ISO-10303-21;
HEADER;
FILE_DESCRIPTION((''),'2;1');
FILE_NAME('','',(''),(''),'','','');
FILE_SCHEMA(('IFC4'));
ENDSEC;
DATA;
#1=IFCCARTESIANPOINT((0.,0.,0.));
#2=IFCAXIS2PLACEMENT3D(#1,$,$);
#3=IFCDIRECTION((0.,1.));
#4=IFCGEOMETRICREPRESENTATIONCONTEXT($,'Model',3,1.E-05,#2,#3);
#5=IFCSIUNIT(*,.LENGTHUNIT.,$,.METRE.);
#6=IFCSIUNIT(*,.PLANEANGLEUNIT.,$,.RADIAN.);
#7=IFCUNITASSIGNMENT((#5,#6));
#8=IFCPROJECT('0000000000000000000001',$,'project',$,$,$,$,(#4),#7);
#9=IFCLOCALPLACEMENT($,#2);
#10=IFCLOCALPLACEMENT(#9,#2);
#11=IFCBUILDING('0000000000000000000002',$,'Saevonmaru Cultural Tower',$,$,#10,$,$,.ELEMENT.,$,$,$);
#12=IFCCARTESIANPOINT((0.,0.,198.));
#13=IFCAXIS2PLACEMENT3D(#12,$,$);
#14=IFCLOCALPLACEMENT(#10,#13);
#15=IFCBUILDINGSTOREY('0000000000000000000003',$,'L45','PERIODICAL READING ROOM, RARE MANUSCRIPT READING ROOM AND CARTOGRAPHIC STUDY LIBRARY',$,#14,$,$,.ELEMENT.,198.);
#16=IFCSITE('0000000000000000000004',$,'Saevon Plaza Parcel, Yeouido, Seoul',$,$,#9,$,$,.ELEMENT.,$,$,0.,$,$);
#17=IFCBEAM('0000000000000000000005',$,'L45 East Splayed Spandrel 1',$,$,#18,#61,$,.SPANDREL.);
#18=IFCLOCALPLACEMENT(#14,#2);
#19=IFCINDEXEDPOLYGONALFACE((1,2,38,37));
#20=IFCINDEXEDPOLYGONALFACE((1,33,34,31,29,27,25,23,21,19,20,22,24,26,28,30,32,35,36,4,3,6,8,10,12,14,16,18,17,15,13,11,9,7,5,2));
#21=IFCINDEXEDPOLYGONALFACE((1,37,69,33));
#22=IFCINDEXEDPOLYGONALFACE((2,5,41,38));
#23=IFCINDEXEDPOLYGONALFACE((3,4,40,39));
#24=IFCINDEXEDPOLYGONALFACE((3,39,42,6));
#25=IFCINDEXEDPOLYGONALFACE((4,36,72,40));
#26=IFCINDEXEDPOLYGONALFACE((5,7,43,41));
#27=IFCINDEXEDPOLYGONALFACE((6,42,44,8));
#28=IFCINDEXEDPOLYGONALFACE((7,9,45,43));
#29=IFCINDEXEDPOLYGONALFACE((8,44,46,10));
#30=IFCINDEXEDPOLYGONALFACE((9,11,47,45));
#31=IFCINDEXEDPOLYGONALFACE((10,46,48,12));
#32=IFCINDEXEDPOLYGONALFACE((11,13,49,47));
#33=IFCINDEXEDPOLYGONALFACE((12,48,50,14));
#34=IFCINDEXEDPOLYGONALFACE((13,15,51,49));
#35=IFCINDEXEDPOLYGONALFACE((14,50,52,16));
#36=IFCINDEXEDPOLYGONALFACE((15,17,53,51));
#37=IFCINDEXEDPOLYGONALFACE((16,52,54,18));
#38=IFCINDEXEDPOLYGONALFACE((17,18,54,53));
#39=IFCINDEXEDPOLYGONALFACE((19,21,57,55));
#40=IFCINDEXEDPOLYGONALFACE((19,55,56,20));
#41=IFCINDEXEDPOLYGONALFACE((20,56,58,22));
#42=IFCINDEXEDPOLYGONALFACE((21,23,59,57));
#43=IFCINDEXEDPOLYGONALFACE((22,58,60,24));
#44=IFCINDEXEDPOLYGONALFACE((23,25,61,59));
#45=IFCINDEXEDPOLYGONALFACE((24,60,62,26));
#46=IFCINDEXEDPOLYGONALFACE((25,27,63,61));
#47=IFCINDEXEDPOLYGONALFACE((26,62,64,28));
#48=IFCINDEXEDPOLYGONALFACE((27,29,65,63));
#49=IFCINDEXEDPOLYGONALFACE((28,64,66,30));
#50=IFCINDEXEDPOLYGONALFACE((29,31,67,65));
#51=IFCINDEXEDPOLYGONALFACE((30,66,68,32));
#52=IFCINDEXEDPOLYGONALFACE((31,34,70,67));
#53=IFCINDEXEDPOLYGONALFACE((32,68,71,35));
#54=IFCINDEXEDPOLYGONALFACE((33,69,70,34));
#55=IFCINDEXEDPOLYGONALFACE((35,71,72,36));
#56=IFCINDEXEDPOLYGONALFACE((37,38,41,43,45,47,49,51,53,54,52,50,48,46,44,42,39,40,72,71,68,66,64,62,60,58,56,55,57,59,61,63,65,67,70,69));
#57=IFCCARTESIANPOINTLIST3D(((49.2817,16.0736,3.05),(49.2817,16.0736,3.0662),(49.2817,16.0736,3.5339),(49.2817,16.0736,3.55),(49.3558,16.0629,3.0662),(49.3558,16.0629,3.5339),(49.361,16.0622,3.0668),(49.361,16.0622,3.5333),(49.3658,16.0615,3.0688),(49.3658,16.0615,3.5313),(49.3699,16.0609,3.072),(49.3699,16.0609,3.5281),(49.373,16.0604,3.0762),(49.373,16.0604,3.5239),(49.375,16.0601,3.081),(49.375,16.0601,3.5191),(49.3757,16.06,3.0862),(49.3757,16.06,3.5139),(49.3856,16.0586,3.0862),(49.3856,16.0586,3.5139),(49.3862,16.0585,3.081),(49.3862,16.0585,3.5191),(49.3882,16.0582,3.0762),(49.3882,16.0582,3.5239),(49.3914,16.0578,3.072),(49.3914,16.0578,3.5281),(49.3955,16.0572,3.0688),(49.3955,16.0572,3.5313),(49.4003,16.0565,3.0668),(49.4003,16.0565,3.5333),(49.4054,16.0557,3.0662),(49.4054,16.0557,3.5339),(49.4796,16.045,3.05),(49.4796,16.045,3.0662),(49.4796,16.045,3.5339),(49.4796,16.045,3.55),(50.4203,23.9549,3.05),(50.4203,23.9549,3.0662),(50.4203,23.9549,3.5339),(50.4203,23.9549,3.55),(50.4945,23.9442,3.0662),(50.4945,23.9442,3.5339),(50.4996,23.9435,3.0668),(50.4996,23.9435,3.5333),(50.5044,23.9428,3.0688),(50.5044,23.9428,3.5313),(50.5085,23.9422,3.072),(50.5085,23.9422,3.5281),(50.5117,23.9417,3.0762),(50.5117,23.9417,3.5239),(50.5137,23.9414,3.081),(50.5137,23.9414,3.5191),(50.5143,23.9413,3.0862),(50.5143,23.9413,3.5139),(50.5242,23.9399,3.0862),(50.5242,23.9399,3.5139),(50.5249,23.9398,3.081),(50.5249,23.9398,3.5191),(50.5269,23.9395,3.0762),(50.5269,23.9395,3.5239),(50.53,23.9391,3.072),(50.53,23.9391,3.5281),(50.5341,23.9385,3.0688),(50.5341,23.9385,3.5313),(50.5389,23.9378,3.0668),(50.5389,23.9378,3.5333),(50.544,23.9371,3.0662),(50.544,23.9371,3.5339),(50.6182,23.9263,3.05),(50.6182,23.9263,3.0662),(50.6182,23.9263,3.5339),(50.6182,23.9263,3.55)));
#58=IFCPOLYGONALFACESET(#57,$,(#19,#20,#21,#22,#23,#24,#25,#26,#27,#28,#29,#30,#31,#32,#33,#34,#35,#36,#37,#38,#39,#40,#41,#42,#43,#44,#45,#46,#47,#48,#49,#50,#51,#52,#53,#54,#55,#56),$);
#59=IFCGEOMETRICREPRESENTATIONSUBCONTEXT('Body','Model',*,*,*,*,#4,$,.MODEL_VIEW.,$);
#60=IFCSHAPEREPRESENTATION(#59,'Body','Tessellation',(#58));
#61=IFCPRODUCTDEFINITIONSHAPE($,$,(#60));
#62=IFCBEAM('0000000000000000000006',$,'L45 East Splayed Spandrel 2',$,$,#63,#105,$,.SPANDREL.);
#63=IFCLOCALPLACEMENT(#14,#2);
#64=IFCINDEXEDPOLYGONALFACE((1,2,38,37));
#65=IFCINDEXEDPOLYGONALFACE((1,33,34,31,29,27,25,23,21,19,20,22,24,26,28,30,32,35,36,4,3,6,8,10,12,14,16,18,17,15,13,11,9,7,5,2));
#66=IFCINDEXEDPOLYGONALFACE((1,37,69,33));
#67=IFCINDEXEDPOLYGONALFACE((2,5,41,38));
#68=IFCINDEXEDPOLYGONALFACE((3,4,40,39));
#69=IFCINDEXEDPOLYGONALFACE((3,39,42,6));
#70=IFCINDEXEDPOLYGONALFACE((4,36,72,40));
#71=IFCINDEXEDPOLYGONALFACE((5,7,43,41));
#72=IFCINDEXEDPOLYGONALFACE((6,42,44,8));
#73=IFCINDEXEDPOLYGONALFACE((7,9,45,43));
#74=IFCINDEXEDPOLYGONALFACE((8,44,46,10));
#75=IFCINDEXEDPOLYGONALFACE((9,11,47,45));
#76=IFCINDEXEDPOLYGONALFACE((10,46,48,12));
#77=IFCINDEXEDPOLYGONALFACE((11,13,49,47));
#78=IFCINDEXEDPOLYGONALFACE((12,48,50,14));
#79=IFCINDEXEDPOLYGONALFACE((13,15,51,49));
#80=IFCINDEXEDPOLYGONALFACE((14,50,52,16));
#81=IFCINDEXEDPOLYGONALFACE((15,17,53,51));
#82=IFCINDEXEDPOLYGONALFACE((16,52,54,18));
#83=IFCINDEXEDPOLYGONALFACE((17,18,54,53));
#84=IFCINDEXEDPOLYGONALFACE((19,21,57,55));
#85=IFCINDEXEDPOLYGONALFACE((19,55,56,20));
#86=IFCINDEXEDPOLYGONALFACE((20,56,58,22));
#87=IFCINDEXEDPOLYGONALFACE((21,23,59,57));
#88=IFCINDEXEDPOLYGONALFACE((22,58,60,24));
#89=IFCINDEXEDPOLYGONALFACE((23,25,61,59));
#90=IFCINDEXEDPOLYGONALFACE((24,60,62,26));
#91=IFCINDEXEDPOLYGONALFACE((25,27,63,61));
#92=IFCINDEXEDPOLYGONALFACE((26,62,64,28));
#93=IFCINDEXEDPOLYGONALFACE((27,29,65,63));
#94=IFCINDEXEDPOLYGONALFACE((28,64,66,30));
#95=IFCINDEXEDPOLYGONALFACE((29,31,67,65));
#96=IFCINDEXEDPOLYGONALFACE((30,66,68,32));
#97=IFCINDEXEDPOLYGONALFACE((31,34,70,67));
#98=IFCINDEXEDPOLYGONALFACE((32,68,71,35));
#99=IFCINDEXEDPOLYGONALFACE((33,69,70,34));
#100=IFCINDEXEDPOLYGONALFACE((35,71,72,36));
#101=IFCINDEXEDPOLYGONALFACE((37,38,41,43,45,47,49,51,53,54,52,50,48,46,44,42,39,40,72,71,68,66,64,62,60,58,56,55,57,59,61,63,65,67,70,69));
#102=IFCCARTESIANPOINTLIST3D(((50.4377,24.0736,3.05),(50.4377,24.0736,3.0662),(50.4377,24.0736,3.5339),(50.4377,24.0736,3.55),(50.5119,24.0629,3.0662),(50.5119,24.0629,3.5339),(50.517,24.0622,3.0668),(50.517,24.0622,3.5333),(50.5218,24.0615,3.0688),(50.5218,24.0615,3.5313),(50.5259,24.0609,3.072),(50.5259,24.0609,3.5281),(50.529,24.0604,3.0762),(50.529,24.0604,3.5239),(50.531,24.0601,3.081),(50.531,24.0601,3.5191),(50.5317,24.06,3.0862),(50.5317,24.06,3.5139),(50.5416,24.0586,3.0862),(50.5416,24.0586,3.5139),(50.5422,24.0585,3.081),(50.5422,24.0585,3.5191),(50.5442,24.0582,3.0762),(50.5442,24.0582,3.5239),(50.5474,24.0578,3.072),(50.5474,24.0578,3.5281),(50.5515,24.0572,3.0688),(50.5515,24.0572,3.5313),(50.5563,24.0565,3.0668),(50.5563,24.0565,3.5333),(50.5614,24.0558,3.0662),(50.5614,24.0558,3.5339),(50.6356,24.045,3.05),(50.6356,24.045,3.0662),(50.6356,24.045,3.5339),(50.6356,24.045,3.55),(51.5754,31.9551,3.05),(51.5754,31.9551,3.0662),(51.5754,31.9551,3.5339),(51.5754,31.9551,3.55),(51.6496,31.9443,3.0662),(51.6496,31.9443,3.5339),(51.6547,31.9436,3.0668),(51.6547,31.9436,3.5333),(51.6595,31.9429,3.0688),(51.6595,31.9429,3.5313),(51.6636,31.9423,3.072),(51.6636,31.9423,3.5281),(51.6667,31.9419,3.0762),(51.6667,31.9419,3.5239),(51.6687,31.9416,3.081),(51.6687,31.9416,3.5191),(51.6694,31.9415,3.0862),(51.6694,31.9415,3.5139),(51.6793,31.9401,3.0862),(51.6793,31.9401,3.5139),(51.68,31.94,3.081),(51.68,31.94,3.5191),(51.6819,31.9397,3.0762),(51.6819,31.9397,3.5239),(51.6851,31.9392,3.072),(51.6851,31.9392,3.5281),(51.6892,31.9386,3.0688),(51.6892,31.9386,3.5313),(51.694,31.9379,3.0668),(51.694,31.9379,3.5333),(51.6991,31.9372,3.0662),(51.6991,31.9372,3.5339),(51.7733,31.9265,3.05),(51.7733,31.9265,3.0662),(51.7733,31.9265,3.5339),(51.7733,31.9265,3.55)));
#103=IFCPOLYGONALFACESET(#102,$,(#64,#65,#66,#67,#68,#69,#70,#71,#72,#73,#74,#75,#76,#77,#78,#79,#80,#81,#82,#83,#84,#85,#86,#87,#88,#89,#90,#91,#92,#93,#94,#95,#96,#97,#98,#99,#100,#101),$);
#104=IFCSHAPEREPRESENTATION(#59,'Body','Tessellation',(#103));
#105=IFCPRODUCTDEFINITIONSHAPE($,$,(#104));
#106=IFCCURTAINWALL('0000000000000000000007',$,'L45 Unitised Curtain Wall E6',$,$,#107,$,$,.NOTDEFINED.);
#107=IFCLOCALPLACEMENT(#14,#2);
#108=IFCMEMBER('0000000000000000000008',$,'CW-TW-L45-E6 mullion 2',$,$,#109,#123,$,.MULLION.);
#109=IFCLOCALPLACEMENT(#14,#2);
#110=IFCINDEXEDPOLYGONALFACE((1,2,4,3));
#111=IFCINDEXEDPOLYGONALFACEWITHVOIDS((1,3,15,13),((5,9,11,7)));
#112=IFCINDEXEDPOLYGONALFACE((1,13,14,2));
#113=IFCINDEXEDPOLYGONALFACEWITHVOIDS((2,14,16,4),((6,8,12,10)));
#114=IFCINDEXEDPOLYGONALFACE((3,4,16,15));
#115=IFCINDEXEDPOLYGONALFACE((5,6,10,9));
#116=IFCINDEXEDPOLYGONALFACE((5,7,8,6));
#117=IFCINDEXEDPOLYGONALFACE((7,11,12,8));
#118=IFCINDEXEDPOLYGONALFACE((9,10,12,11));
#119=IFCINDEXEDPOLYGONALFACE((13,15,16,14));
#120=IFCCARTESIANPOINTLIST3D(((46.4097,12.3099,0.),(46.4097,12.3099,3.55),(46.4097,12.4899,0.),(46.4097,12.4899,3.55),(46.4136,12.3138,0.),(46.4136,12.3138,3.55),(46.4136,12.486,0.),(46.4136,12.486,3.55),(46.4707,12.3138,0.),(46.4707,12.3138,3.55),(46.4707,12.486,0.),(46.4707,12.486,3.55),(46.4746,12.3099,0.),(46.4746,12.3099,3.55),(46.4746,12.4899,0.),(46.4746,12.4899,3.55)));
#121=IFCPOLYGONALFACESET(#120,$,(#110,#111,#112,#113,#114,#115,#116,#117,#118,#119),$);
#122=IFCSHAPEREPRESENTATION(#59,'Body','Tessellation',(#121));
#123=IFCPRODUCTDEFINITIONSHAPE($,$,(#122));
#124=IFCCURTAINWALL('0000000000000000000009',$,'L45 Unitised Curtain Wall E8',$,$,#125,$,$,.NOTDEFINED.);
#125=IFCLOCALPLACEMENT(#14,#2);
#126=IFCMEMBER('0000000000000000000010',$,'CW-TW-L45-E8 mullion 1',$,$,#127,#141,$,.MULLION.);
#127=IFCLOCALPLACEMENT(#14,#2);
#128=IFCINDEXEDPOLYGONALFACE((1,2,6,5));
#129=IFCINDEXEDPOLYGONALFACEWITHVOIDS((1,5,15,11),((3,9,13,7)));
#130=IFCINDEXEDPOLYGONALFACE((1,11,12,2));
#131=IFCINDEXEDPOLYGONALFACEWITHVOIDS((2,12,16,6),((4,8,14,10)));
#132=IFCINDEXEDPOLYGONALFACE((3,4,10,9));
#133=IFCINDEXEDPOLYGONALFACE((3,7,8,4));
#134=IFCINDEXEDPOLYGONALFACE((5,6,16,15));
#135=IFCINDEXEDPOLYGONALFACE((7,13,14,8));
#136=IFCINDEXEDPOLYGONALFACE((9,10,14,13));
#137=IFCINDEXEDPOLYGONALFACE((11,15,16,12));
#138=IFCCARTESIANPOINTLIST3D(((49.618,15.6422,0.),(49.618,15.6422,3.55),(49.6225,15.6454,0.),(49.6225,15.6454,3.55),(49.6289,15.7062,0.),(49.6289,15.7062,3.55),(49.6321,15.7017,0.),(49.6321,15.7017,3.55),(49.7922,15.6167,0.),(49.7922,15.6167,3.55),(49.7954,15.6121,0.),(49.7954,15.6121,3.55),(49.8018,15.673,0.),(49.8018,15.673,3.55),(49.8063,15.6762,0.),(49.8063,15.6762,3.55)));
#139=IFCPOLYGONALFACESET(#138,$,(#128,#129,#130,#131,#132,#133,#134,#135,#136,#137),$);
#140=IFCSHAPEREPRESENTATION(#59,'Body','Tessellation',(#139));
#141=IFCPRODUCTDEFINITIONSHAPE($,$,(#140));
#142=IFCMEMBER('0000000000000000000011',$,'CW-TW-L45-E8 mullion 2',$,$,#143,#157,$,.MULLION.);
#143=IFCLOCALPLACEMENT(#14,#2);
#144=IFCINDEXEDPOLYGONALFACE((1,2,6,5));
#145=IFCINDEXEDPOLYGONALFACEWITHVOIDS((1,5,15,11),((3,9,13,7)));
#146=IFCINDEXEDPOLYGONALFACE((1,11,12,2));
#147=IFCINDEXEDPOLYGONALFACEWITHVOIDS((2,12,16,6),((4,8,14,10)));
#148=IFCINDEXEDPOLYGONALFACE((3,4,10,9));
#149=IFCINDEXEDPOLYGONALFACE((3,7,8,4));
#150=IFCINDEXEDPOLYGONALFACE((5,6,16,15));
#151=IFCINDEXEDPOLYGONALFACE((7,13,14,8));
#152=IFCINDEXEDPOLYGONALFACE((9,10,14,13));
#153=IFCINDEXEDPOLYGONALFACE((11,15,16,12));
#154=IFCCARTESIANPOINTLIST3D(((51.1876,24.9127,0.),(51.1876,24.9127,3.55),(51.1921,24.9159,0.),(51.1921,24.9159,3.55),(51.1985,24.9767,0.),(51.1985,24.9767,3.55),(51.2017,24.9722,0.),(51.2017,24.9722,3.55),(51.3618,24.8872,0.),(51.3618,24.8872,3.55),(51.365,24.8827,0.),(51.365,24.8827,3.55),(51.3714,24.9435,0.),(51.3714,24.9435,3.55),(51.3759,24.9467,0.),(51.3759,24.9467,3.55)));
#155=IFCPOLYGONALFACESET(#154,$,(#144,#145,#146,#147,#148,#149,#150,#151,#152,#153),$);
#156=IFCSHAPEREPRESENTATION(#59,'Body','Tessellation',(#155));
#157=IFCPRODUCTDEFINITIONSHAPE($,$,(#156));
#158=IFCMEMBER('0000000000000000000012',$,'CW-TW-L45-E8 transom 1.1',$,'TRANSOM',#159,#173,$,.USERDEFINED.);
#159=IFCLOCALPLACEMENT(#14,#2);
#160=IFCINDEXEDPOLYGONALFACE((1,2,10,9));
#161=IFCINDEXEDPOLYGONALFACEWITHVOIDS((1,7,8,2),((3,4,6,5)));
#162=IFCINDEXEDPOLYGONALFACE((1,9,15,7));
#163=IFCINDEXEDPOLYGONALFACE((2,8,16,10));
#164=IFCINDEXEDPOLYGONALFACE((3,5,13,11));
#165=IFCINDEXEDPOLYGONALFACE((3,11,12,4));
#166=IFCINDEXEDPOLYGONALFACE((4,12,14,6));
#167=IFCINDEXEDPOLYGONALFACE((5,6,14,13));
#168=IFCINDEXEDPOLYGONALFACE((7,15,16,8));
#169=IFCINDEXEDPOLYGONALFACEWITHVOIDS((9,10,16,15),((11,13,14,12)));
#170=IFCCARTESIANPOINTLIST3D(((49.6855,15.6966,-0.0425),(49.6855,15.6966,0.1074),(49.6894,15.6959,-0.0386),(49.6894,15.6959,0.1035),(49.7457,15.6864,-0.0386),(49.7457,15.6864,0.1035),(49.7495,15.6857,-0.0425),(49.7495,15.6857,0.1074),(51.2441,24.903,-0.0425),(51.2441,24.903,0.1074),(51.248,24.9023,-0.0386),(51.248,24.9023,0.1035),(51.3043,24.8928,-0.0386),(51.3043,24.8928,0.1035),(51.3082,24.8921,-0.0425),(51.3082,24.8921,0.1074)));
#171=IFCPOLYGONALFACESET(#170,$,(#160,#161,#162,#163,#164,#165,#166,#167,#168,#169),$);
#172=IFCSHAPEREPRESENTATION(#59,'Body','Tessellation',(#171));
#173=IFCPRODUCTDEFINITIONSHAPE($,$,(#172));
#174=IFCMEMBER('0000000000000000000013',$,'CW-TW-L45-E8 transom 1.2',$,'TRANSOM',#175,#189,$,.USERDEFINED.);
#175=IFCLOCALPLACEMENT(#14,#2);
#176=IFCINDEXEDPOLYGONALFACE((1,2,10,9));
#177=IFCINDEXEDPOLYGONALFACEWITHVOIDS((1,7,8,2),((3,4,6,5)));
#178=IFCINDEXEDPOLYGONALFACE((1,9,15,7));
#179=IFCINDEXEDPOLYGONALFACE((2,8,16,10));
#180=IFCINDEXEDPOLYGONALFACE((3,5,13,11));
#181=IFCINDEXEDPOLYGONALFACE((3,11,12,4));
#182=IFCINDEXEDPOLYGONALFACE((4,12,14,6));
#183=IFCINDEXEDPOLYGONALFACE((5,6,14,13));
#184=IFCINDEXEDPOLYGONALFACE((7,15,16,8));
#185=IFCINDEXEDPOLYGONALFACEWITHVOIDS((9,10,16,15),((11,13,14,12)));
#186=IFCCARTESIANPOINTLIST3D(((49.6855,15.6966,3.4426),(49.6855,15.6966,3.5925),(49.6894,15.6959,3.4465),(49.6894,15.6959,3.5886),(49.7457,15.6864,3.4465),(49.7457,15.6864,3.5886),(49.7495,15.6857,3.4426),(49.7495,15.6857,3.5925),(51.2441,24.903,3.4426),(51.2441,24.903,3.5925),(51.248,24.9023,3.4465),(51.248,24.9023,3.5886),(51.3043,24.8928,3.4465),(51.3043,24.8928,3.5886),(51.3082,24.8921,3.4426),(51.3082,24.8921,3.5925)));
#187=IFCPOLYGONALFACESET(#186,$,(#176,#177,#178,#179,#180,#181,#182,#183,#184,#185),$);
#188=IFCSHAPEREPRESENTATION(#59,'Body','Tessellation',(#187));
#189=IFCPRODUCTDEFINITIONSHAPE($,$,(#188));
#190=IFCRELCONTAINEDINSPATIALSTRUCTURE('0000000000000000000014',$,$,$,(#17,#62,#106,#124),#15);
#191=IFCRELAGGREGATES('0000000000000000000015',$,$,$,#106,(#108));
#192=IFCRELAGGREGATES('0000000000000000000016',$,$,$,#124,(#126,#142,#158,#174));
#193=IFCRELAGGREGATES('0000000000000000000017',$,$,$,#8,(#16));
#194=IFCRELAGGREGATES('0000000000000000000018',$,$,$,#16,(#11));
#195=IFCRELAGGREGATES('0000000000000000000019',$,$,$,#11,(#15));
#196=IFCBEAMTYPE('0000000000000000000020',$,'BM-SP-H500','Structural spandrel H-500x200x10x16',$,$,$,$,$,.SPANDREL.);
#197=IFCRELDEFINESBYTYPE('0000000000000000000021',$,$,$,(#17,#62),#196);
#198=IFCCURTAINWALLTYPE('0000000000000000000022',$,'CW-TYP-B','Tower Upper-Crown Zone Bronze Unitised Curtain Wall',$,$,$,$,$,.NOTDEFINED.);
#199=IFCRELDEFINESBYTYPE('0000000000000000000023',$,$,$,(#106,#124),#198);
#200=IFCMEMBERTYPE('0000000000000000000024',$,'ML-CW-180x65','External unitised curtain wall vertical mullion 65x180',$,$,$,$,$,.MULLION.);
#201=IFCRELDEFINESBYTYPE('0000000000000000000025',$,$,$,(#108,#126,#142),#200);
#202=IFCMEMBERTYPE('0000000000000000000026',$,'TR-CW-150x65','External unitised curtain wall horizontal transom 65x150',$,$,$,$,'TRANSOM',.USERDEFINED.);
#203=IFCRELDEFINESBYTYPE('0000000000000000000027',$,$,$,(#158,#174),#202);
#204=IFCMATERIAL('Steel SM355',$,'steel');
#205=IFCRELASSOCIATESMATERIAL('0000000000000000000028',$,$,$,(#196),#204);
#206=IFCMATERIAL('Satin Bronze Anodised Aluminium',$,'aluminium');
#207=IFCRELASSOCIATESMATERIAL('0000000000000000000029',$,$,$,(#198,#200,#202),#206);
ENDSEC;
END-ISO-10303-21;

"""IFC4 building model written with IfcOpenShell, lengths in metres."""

from ifc_helpers import new_model, si_unit, direction, frame, origin, origin_2d, place, context, subcontext, project, spatial, hollow_rectangle, i_section, extrude, material, material_profile, profile_set, type_object, element, aggregate, save


model = new_model("IFC4")

# Units and contexts
model_context = context("Model", 3, precision=1e-05, world=origin(), true_north=direction((0.0, 1.0)))
body_context = subcontext(model_context, "Body", "Model", "MODEL_VIEW")
ifc_project = project(units=[si_unit("LENGTHUNIT", "METRE"), si_unit("PLANEANGLEUNIT", "RADIAN")], contexts=[model_context])

# Site, building, storey
site_placement = place(None, origin())
site = spatial("IfcSite", under=ifc_project, at=site_placement, Name="Saevon Plaza Parcel, Yeouido, Seoul", CompositionType="ELEMENT", RefElevation=0.0)
building_placement = place(site_placement, origin())
building = spatial("IfcBuilding", under=site, at=building_placement, Name="Saevonmaru Cultural Tower", CompositionType="ELEMENT")
storey_placement = place(building_placement, frame((0.0, 0.0, 198.0)))
storey = spatial("IfcBuildingStorey", under=building, at=storey_placement, Name="L45", Description="PERIODICAL READING ROOM, RARE MANUSCRIPT READING ROOM AND CARTOGRAPHIC STUDY LIBRARY", CompositionType="ELEMENT", Elevation=198.0)

# Shared definitions
ifc_material_1 = material(Name="Steel SM355", Category="steel")

# Beams
ifc_material_profile_1 = material_profile(ifc_material_1, i_section(OverallWidth=0.2, OverallDepth=0.5, WebThickness=0.01, FlangeThickness=0.0161, FilletRadius=0.02, at=origin_2d()), Name="H-500x200x10x16")
ifc_profile_set_1 = profile_set([ifc_material_profile_1], Name="Steel SM355")
beam_type_1 = type_object("IfcBeamType", Name="BM-SP-H500", Description="Structural spandrel H-500x200x10x16", PredefinedType="SPANDREL", material=ifc_profile_set_1)
for number, where, z_axis, x_axis, name in (
    (1, (49.3806, 16.0593, 3.3), (0.142992, 0.989724, 0.0), (-0.989724, 0.142992, 0.0), "L45 East Splayed Spandrel 1"),
    (2, (50.5366, 24.0593, 3.3), (0.142872, 0.989741, 0.0), (-0.989741, 0.142872, 0.0), "L45 East Splayed Spandrel 2"),
):
    element("IfcBeam", number, at=place(storey_placement, frame(where, z_axis=z_axis, x_axis=x_axis)), inside=storey, type_object=beam_type_1, Name=name, PredefinedType="SPANDREL", context=body_context, shape_type="SweptSolid", body=[
        extrude(i_section(OverallWidth=0.2, OverallDepth=0.5, WebThickness=0.01, FlangeThickness=0.0161, FilletRadius=0.02, at=origin_2d()), origin(), (0.0, 0.0, 1.0), 7.9631),
    ])

# Curtain wall, member
ifc_material_2 = material(Name="Satin Bronze Anodised Aluminium", Category="aluminium")
curtain_wall_type = type_object("IfcCurtainWallType", Name="CW-TYP-B", Description="Tower Upper-Crown Zone Bronze Unitised Curtain Wall", PredefinedType="NOTDEFINED", material=ifc_material_2)
curtain_wall_1_placement = place(storey_placement, origin())
curtain_wall_1 = element("IfcCurtainWall", 3, at=curtain_wall_1_placement, inside=storey, type_object=curtain_wall_type, Name="L45 Unitised Curtain Wall E6", PredefinedType="NOTDEFINED")
ifc_material_profile_2 = material_profile(ifc_material_2, hollow_rectangle(XDim=0.0649, YDim=0.1799, WallThickness=0.0039, at=origin_2d()), Name="ALU-MULL-180x65x4")
ifc_profile_set_2 = profile_set([ifc_material_profile_2], Name="Satin Bronze Anodised Aluminium")
member_type_1 = type_object("IfcMemberType", Name="ML-CW-180x65", Description="External unitised curtain wall vertical mullion 65x180", PredefinedType="MULLION", material=ifc_profile_set_2)
member_1_placement = place(storey_placement, frame((46.4421, 12.3999, 0.0), z_axis=(0.0, 0.0, 1.0), x_axis=(1.0, 0.0, 0.0)))
member_1 = element("IfcMember", 4, at=member_1_placement, type_object=member_type_1, Name="CW-TW-L45-E6 mullion 2", PredefinedType="MULLION", context=body_context, shape_type="SweptSolid", body=[
    extrude(hollow_rectangle(XDim=0.0649, YDim=0.1799, WallThickness=0.0039, at=origin_2d()), origin(), (0.0, 0.0, 1.0), 3.55),
])

# Curtain wall, members
curtain_wall_2_placement = place(storey_placement, origin())
curtain_wall_2 = element("IfcCurtainWall", 5, at=curtain_wall_2_placement, inside=storey, type_object=curtain_wall_type, Name="L45 Unitised Curtain Wall E8", PredefinedType="NOTDEFINED")
member_2_placement = place(storey_placement, frame((49.7122, 15.6592, 0.0), z_axis=(0.0, 0.0, 1.0), x_axis=(0.166922, 0.98597, 0.0)))
member_2 = element("IfcMember", 6, at=member_2_placement, type_object=member_type_1, Name="CW-TW-L45-E8 mullion 1", PredefinedType="MULLION", context=body_context, shape_type="SweptSolid", body=[
    extrude(hollow_rectangle(XDim=0.0649, YDim=0.1799, WallThickness=0.0039, at=origin_2d()), origin(), (0.0, 0.0, 1.0), 3.55),
])
member_3_placement = place(storey_placement, frame((51.2817, 24.9297, 0.0), z_axis=(0.0, 0.0, 1.0), x_axis=(0.166922, 0.98597, 0.0)))
member_3 = element("IfcMember", 7, at=member_3_placement, type_object=member_type_1, Name="CW-TW-L45-E8 mullion 2", PredefinedType="MULLION", context=body_context, shape_type="SweptSolid", body=[
    extrude(hollow_rectangle(XDim=0.0649, YDim=0.1799, WallThickness=0.0039, at=origin_2d()), origin(), (0.0, 0.0, 1.0), 3.55),
])
ifc_material_profile_3 = material_profile(ifc_material_2, hollow_rectangle(XDim=0.0649, YDim=0.1499, WallThickness=0.0039, at=origin_2d()), Name="ALU-TRAN-150x65x4")
ifc_profile_set_3 = profile_set([ifc_material_profile_3], Name="Satin Bronze Anodised Aluminium")
member_type_2 = type_object("IfcMemberType", Name="TR-CW-150x65", Description="External unitised curtain wall horizontal transom 65x150", ElementType="TRANSOM", PredefinedType="USERDEFINED", material=ifc_profile_set_3)
member_4_placement = place(storey_placement, frame((49.7175, 15.6912, 0.0325), z_axis=(0.166921, 0.98597, 0.0), x_axis=(-0.98597, 0.166921, 0.0)))
member_4 = element("IfcMember", 8, at=member_4_placement, type_object=member_type_2, Name="CW-TW-L45-E8 transom 1.1", ObjectType="TRANSOM", PredefinedType="USERDEFINED", context=body_context, shape_type="SweptSolid", body=[
    extrude(hollow_rectangle(XDim=0.0649, YDim=0.1499, WallThickness=0.0039, at=origin_2d()), origin(), (0.0, 0.0, 1.0), 9.3374),
])
member_5_placement = place(storey_placement, frame((49.7175, 15.6912, 3.5176), z_axis=(0.166921, 0.98597, 0.0), x_axis=(-0.98597, 0.166921, 0.0)))
member_5 = element("IfcMember", 9, at=member_5_placement, type_object=member_type_2, Name="CW-TW-L45-E8 transom 1.2", ObjectType="TRANSOM", PredefinedType="USERDEFINED", context=body_context, shape_type="SweptSolid", body=[
    extrude(hollow_rectangle(XDim=0.0649, YDim=0.1499, WallThickness=0.0039, at=origin_2d()), origin(), (0.0, 0.0, 1.0), 9.3374),
])

aggregate(curtain_wall_1, [member_1])
aggregate(curtain_wall_2, [member_2, member_3, member_4, member_5])

save(model, "model.ifc")
